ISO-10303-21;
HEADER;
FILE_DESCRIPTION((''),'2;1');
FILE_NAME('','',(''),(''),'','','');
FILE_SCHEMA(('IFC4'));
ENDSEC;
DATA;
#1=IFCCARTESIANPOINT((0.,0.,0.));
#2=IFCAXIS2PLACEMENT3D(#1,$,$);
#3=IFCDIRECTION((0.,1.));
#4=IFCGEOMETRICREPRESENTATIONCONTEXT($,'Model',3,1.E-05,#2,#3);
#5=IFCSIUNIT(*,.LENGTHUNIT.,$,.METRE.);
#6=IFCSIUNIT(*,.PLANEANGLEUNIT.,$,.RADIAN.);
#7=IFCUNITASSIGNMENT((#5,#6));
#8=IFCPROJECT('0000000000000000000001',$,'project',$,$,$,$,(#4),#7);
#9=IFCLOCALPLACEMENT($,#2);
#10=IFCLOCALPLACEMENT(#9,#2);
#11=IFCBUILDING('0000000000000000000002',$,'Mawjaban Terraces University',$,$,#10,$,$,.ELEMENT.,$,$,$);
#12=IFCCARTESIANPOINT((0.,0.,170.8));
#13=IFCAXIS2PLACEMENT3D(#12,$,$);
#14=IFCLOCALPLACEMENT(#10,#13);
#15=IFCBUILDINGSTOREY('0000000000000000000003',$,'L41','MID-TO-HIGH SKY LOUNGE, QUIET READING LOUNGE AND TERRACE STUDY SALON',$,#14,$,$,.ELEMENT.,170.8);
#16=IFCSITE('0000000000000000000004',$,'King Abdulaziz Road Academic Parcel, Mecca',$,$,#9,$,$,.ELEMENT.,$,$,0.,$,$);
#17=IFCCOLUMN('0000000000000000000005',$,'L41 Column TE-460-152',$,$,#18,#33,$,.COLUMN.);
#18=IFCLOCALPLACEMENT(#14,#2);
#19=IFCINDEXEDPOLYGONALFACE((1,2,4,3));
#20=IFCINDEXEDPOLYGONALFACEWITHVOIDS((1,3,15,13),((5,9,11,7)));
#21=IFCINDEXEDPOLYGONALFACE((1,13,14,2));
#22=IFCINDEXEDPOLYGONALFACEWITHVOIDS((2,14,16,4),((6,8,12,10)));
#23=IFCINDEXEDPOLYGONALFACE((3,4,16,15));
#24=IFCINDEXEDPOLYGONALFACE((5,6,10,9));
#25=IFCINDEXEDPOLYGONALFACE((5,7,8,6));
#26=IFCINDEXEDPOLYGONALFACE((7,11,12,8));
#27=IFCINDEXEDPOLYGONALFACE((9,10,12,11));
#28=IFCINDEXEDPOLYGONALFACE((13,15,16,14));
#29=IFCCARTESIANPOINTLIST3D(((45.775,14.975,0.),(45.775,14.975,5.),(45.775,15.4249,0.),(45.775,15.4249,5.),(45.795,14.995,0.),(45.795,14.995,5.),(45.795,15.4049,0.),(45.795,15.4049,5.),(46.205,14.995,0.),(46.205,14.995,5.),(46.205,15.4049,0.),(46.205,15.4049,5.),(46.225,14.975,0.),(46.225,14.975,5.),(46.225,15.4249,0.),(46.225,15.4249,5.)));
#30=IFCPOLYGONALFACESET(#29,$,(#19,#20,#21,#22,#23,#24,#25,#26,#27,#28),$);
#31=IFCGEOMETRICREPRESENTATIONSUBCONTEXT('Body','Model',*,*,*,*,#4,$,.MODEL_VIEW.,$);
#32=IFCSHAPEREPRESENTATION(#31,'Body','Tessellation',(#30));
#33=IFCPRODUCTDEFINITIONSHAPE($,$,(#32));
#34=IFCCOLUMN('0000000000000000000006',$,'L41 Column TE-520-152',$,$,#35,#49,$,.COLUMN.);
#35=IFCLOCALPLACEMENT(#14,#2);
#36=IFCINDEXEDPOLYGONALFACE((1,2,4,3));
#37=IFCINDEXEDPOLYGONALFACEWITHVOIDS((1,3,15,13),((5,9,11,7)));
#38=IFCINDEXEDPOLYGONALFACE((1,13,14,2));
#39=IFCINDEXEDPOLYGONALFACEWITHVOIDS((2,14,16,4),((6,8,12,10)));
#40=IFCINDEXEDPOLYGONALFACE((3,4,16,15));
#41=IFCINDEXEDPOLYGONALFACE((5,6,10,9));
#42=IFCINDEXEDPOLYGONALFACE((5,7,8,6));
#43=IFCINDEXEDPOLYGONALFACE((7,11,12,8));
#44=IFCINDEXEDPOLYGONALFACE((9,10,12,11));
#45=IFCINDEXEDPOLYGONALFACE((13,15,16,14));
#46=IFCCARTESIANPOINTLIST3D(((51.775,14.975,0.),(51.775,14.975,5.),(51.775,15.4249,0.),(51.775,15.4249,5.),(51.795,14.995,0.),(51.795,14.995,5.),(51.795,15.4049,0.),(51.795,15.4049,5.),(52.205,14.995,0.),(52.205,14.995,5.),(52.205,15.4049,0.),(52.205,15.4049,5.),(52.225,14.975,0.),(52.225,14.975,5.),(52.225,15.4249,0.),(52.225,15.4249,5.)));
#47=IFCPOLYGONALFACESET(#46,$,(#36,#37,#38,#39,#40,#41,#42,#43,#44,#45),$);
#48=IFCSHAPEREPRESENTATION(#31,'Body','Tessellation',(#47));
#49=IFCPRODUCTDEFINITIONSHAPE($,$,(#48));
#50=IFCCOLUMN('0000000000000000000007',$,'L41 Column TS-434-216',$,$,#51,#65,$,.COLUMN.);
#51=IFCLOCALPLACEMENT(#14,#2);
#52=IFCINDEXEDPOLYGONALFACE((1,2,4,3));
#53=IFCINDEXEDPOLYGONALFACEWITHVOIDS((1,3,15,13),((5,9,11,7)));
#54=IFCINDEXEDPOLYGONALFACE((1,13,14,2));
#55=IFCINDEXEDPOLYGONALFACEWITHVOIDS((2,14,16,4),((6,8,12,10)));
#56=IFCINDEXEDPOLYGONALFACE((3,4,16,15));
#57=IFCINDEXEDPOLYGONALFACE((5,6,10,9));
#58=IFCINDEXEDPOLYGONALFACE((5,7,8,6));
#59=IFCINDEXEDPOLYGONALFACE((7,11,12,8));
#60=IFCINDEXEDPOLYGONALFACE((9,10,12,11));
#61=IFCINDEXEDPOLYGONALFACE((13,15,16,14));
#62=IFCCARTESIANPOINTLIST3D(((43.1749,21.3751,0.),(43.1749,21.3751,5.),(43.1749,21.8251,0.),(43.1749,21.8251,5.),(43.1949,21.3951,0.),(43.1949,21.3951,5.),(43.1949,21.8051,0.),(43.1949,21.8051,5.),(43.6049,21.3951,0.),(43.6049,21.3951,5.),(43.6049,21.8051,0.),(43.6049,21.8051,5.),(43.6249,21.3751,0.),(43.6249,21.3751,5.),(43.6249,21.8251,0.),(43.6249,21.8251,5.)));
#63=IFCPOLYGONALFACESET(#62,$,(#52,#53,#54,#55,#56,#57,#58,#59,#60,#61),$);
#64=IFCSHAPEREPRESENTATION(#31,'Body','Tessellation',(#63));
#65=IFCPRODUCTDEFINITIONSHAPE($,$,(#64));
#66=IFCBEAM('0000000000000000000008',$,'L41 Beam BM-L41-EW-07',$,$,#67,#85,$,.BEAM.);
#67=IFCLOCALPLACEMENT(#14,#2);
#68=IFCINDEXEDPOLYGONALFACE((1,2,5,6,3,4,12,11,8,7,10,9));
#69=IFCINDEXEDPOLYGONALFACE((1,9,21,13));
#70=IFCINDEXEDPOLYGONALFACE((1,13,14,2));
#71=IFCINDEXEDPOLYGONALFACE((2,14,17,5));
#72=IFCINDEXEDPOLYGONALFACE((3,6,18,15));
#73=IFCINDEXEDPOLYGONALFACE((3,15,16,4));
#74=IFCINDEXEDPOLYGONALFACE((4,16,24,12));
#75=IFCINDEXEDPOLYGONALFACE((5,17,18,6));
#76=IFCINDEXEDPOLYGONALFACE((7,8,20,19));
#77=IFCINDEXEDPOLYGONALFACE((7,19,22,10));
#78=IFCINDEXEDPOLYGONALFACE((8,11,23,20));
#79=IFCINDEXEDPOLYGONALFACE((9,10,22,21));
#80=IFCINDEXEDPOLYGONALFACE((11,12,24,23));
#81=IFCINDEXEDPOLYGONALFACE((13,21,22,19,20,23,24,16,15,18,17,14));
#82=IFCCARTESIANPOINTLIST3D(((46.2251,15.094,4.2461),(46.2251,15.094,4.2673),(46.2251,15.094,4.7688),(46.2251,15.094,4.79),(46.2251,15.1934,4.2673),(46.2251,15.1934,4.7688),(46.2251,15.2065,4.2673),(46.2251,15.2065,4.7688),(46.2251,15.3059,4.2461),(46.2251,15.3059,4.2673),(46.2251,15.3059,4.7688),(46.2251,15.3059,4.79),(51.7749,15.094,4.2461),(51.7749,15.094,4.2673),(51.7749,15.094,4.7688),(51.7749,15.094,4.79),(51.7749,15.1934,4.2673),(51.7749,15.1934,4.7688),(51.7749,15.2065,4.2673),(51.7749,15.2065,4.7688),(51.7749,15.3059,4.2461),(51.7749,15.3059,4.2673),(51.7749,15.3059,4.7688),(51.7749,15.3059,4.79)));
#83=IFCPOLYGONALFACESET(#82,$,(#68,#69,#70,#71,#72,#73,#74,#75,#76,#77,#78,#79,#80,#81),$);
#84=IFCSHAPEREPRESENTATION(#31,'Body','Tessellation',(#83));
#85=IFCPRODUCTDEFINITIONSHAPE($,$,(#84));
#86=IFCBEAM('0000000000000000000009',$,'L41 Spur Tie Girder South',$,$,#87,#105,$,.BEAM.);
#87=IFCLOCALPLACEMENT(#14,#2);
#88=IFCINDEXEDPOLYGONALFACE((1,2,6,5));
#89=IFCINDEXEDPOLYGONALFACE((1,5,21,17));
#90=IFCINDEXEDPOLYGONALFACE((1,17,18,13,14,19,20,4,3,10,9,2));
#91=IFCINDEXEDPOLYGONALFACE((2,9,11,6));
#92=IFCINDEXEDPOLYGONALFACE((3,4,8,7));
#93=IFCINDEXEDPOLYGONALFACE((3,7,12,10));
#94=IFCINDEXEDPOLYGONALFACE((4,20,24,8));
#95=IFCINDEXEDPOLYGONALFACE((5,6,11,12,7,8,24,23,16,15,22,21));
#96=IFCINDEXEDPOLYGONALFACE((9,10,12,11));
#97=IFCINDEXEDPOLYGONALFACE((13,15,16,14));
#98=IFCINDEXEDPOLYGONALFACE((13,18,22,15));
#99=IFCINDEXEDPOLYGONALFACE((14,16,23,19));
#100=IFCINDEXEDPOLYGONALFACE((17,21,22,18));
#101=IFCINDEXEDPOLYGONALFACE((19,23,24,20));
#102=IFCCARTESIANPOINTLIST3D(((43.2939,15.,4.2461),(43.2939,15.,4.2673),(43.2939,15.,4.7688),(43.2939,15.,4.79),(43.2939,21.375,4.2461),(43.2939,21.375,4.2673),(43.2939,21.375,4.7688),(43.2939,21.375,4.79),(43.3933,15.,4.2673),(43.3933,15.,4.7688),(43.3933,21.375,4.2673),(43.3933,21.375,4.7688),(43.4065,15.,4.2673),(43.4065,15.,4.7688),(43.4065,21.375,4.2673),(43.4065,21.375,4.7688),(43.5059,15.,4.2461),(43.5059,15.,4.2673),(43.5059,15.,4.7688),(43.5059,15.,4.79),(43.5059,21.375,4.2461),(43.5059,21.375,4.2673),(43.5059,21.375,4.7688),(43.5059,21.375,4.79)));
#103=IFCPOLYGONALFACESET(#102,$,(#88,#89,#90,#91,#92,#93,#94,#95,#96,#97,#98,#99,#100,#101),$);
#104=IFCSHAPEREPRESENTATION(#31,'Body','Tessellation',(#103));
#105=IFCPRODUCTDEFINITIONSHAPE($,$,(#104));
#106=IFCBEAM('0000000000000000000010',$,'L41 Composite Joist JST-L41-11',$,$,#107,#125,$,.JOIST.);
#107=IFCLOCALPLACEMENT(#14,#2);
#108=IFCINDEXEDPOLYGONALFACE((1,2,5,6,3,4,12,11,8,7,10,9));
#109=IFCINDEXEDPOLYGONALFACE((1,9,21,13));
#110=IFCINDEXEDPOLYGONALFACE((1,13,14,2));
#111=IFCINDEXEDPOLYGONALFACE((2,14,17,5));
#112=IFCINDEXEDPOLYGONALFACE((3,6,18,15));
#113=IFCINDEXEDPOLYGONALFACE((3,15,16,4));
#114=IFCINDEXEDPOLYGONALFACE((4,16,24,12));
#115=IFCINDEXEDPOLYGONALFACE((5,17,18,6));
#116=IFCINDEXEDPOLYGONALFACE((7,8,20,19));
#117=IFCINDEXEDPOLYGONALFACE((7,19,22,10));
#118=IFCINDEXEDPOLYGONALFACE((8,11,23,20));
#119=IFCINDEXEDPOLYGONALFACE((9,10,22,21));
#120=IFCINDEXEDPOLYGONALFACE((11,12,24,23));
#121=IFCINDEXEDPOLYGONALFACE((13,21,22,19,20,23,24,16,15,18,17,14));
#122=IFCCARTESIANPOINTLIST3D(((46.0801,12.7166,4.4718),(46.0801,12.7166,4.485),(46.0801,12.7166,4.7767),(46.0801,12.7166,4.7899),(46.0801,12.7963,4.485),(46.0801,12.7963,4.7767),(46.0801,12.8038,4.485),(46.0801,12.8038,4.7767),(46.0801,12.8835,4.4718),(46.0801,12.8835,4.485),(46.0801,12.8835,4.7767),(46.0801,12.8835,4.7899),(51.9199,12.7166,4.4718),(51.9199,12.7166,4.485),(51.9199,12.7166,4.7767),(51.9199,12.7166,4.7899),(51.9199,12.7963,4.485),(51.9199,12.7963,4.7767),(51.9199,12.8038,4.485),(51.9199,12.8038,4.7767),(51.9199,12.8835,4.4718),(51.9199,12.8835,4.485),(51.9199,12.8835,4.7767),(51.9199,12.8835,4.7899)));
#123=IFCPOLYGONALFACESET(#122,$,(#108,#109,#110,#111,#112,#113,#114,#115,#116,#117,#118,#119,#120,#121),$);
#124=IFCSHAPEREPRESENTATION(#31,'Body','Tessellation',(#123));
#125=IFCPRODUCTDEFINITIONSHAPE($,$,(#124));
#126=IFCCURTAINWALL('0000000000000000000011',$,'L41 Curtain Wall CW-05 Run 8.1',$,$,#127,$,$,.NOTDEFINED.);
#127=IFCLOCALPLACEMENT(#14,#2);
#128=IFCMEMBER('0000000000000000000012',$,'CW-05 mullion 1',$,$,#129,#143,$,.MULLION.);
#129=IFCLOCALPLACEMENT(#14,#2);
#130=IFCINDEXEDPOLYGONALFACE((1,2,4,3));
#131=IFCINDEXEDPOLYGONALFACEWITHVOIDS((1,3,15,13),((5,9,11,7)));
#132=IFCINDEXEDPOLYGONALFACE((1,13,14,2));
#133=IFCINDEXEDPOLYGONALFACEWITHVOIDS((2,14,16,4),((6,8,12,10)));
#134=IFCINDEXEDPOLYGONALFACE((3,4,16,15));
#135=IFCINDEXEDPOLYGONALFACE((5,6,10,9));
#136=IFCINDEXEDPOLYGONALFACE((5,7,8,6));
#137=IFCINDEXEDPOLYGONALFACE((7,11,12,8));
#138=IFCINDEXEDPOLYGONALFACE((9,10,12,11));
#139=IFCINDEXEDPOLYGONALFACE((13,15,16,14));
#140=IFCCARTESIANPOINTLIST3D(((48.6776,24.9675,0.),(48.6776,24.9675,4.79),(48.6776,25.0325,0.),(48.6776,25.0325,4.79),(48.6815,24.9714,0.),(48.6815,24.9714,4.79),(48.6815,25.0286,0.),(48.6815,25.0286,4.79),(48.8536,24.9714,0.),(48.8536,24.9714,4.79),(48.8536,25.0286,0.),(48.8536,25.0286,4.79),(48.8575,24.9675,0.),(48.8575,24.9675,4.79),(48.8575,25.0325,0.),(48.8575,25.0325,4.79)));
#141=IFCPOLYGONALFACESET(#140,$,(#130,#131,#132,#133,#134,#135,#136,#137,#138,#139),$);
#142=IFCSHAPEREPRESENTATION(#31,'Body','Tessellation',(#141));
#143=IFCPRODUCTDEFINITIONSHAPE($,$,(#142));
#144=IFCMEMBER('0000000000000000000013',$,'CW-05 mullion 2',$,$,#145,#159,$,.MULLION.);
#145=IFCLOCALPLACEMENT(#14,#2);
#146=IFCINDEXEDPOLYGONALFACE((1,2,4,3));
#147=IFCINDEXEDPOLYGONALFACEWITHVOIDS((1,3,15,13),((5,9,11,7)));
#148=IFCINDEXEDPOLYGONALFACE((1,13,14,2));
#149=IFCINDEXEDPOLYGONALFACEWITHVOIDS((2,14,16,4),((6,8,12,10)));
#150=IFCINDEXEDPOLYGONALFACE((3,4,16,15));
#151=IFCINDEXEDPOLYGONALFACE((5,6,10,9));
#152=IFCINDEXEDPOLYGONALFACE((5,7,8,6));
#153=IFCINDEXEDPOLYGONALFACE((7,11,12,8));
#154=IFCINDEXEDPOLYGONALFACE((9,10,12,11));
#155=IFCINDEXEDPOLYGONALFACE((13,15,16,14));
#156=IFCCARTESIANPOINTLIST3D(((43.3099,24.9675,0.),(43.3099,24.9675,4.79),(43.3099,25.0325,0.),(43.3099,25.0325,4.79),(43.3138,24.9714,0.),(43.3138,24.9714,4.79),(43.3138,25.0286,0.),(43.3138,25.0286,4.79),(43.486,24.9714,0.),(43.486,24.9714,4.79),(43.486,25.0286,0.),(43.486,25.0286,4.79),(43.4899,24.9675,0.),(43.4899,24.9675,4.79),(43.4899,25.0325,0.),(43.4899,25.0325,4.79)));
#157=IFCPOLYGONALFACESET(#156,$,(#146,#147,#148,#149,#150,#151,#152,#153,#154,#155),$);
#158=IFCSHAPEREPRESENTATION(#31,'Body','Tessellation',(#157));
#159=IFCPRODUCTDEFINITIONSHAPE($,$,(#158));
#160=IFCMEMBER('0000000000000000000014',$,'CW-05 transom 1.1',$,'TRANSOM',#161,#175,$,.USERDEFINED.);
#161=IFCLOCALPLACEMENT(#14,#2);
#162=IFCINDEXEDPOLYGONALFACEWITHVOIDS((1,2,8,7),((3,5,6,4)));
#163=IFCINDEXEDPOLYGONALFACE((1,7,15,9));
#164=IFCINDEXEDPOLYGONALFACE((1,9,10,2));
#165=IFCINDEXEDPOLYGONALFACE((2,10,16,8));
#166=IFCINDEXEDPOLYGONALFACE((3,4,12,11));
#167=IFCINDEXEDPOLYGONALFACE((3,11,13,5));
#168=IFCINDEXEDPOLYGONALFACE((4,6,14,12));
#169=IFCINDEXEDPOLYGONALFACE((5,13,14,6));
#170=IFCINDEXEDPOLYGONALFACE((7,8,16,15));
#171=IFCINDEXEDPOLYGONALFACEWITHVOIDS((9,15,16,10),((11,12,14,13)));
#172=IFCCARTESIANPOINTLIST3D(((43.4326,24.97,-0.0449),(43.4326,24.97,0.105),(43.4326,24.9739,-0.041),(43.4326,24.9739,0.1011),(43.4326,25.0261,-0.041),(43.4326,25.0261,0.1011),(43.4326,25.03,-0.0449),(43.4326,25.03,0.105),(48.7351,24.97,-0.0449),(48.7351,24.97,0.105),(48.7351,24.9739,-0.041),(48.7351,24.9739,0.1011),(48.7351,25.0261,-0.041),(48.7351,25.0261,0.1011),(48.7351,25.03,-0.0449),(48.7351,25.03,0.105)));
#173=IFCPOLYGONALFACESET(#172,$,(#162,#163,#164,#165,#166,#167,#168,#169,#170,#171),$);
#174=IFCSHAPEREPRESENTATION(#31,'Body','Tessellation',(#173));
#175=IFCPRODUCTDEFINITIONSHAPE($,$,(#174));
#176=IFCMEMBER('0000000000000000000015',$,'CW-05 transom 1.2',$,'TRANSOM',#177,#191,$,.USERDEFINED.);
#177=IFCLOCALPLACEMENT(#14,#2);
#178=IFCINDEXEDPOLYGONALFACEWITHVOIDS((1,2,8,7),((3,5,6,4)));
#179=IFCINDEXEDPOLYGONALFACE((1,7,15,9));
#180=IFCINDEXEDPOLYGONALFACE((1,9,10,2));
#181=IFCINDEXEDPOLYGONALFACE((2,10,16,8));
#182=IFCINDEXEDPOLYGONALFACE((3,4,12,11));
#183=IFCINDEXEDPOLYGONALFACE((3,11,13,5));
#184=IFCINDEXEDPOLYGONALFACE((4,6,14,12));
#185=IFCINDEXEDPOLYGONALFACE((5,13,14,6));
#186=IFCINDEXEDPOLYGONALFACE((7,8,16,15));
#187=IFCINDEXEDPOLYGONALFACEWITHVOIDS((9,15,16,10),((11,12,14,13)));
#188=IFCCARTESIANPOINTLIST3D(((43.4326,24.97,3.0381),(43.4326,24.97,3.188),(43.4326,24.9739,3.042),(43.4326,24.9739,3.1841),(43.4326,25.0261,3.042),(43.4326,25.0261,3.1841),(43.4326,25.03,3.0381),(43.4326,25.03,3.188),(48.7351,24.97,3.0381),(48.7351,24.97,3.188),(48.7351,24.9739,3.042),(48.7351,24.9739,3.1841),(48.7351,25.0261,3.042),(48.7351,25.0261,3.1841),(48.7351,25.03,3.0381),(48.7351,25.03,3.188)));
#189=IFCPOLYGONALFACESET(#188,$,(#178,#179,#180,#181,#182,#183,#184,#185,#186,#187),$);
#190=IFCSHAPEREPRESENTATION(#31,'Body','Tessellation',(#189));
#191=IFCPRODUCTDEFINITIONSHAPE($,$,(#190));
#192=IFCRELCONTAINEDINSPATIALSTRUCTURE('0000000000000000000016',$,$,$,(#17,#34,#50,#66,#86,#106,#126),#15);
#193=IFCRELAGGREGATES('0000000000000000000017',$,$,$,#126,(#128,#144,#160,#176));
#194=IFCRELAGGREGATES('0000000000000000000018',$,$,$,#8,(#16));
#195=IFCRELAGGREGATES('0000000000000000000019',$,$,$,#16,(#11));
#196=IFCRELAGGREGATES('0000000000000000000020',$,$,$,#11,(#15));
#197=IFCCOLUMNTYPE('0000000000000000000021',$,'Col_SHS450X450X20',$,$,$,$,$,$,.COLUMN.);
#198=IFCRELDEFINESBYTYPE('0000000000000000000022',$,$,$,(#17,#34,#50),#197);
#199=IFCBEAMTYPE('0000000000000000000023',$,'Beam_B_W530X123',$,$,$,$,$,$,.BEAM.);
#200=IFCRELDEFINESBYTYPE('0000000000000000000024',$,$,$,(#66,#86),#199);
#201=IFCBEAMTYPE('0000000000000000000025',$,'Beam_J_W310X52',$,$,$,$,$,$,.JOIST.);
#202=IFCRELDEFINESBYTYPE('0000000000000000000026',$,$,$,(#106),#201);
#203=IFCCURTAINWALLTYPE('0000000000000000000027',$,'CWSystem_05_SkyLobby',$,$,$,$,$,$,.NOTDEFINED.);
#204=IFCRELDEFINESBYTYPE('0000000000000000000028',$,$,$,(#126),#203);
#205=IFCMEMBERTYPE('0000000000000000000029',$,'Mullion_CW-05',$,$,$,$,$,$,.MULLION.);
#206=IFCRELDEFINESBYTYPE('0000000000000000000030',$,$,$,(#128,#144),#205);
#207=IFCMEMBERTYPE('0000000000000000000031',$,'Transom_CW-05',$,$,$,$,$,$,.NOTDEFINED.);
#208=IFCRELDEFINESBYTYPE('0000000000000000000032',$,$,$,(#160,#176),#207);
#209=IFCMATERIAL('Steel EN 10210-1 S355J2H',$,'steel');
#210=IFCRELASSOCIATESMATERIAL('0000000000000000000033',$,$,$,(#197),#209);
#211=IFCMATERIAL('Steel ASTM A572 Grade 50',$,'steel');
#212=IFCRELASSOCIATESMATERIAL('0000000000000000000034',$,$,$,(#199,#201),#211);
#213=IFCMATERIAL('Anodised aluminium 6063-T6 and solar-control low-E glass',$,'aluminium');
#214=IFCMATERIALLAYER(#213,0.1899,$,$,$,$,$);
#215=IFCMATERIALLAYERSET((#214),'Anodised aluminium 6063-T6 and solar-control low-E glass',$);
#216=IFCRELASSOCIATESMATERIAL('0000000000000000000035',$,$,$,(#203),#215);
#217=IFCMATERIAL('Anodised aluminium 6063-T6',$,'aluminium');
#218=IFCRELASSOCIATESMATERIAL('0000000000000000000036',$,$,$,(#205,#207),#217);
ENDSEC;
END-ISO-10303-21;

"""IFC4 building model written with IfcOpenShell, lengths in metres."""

from ifc_helpers import new_model, si_unit, direction, frame, origin, origin_2d, place, context, subcontext, project, spatial, hollow_rectangle, i_section, extrude, material, layer, layer_set, material_profile, profile_set, type_object, element, aggregate, save


model = new_model("IFC4")

# Units and contexts
model_context = context("Model", 3, precision=1e-05, world=origin(), true_north=direction((0.0, 1.0)))
body_context = subcontext(model_context, "Body", "Model", "MODEL_VIEW")
ifc_project = project(units=[si_unit("LENGTHUNIT", "METRE"), si_unit("PLANEANGLEUNIT", "RADIAN")], contexts=[model_context])

# Site, building, storey
site_placement = place(None, origin())
site = spatial("IfcSite", under=ifc_project, at=site_placement, Name="King Abdulaziz Road Academic Parcel, Mecca", CompositionType="ELEMENT", RefElevation=0.0)
building_placement = place(site_placement, origin())
building = spatial("IfcBuilding", under=site, at=building_placement, Name="Mawjaban Terraces University", CompositionType="ELEMENT")
storey_placement = place(building_placement, frame((0.0, 0.0, 170.8)))
storey = spatial("IfcBuildingStorey", under=building, at=storey_placement, Name="L41", Description="MID-TO-HIGH SKY LOUNGE, QUIET READING LOUNGE AND TERRACE STUDY SALON", CompositionType="ELEMENT", Elevation=170.8)

# Columns
ifc_material_1 = material(Name="Steel EN 10210-1 S355J2H", Category="steel")
ifc_material_profile_1 = material_profile(ifc_material_1, hollow_rectangle(XDim=0.45, YDim=0.45, WallThickness=0.02, at=origin_2d()), Name="SHS450X450X20")
ifc_profile_set_1 = profile_set([ifc_material_profile_1], Name="Steel EN 10210-1 S355J2H")
column_type = type_object("IfcColumnType", Name="Col_SHS450X450X20", PredefinedType="COLUMN", material=ifc_profile_set_1)
for number, where, z_axis, x_axis, name in (
    (1, (46.0, 15.2, 0.0), (0.0, 0.0, 1.0), (1.0, 0.0, 0.0), "L41 Column TE-460-152"),
    (2, (52.0, 15.2, 0.0), (0.0, 0.0, 1.0), (1.0, 0.0, 0.0), "L41 Column TE-520-152"),
    (3, (43.3999, 21.6001, 0.0), (0.0, 0.0, 1.0), (1.0, 0.0, 0.0), "L41 Column TS-434-216"),
):
    element("IfcColumn", number, at=place(storey_placement, frame(where, z_axis=z_axis, x_axis=x_axis)), inside=storey, type_object=column_type, Name=name, PredefinedType="COLUMN", context=body_context, shape_type="SweptSolid", body=[
        extrude(hollow_rectangle(XDim=0.45, YDim=0.45, WallThickness=0.02, at=origin_2d()), origin(), (0.0, 0.0, 1.0), 5.0),
    ])

# Beams
ifc_material_2 = material(Name="Steel ASTM A572 Grade 50", Category="steel")
ifc_material_profile_2 = material_profile(ifc_material_2, i_section(OverallWidth=0.2119, OverallDepth=0.5439, WebThickness=0.0132, FlangeThickness=0.0212, at=origin_2d()), Name="W530X123")
ifc_profile_set_2 = profile_set([ifc_material_profile_2], Name="Steel ASTM A572 Grade 50")
beam_type_1 = type_object("IfcBeamType", Name="Beam_B_W530X123", PredefinedType="BEAM", material=ifc_profile_set_2)
beam_1_placement = place(storey_placement, frame((46.2251, 15.2, 4.5181), z_axis=(1.0, 0.0, 0.0), x_axis=(0.0, 1.0, 0.0)))
element("IfcBeam", 4, at=beam_1_placement, inside=storey, type_object=beam_type_1, Name="L41 Beam BM-L41-EW-07", PredefinedType="BEAM", context=body_context, shape_type="SweptSolid", body=[
    extrude(i_section(OverallWidth=0.2119, OverallDepth=0.5439, WebThickness=0.0132, FlangeThickness=0.0212, at=origin_2d()), origin(), (0.0, 0.0, 1.0), 5.5498),
])
beam_2_placement = place(storey_placement, frame((43.3999, 15.0, 4.5181), z_axis=(0.0, 1.0, 0.0), x_axis=(-1.0, 0.0, 0.0)))
element("IfcBeam", 5, at=beam_2_placement, inside=storey, type_object=beam_type_1, Name="L41 Spur Tie Girder South", PredefinedType="BEAM", context=body_context, shape_type="SweptSolid", body=[
    extrude(i_section(OverallWidth=0.2119, OverallDepth=0.5439, WebThickness=0.0132, FlangeThickness=0.0212, at=origin_2d()), origin(), (0.0, 0.0, 1.0), 6.375),
])
ifc_material_profile_3 = material_profile(ifc_material_2, i_section(OverallWidth=0.167, OverallDepth=0.3181, WebThickness=0.0076, FlangeThickness=0.0132, at=origin_2d()), Name="W310X52")
ifc_profile_set_3 = profile_set([ifc_material_profile_3], Name="Steel ASTM A572 Grade 50")
beam_type_2 = type_object("IfcBeamType", Name="Beam_J_W310X52", PredefinedType="JOIST", material=ifc_profile_set_3)
beam_3_placement = place(storey_placement, frame((46.0801, 12.8, 4.6309), z_axis=(1.0, 0.0, 0.0), x_axis=(0.0, 1.0, 0.0)))
element("IfcBeam", 6, at=beam_3_placement, inside=storey, type_object=beam_type_2, Name="L41 Composite Joist JST-L41-11", PredefinedType="JOIST", context=body_context, shape_type="SweptSolid", body=[
    extrude(i_section(OverallWidth=0.167, OverallDepth=0.3181, WebThickness=0.0076, FlangeThickness=0.0132, at=origin_2d()), origin(), (0.0, 0.0, 1.0), 5.8398),
])

# Curtain wall, members
ifc_material_3 = material(Name="Anodised aluminium 6063-T6 and solar-control low-E glass", Category="aluminium")
ifc_layer_1 = layer(ifc_material_3, 0.1899)
ifc_layer_set_1 = layer_set([ifc_layer_1], Name="Anodised aluminium 6063-T6 and solar-control low-E glass")
curtain_wall_type = type_object("IfcCurtainWallType", Name="CWSystem_05_SkyLobby", PredefinedType="NOTDEFINED", material=ifc_layer_set_1)
curtain_wall_placement = place(storey_placement, origin())
curtain_wall = element("IfcCurtainWall", 7, at=curtain_wall_placement, inside=storey, type_object=curtain_wall_type, Name="L41 Curtain Wall CW-05 Run 8.1", PredefinedType="NOTDEFINED")
ifc_material_4 = material(Name="Anodised aluminium 6063-T6", Category="aluminium")
ifc_material_profile_4 = material_profile(ifc_material_4, hollow_rectangle(XDim=0.0649, YDim=0.1799, WallThickness=0.0039, at=origin_2d()), Name="ALU180X65X4")
ifc_profile_set_4 = profile_set([ifc_material_profile_4], Name="Anodised aluminium 6063-T6")
member_type_1 = type_object("IfcMemberType", Name="Mullion_CW-05", PredefinedType="MULLION", material=ifc_profile_set_4)
member_1_placement = place(storey_placement, frame((48.7676, 25.0, 0.0), z_axis=(0.0, 0.0, 1.0), x_axis=(0.0, -1.0, 0.0)))
member_1 = element("IfcMember", 8, at=member_1_placement, type_object=member_type_1, Name="CW-05 mullion 1", PredefinedType="MULLION", context=body_context, shape_type="SweptSolid", body=[
    extrude(hollow_rectangle(XDim=0.0649, YDim=0.1799, WallThickness=0.0039, at=origin_2d()), origin(), (0.0, 0.0, 1.0), 4.79),
])
member_2_placement = place(storey_placement, frame((43.3999, 25.0, 0.0), z_axis=(0.0, 0.0, 1.0), x_axis=(0.0, -1.0, 0.0)))
member_2 = element("IfcMember", 9, at=member_2_placement, type_object=member_type_1, Name="CW-05 mullion 2", PredefinedType="MULLION", context=body_context, shape_type="SweptSolid", body=[
    extrude(hollow_rectangle(XDim=0.0649, YDim=0.1799, WallThickness=0.0039, at=origin_2d()), origin(), (0.0, 0.0, 1.0), 4.79),
])
ifc_material_profile_5 = material_profile(ifc_material_4, hollow_rectangle(XDim=0.0601, YDim=0.1499, WallThickness=0.0039, at=origin_2d()), Name="ALU150X60X4")
ifc_profile_set_5 = profile_set([ifc_material_profile_5], Name="Anodised aluminium 6063-T6")
member_type_2 = type_object("IfcMemberType", Name="Transom_CW-05", PredefinedType="NOTDEFINED", material=ifc_profile_set_5)
member_3_placement = place(storey_placement, frame((48.7351, 25.0, 0.03), z_axis=(-1.0, 0.0, 0.0), x_axis=(0.0, -1.0, 0.0)))
member_3 = element("IfcMember", 10, at=member_3_placement, type_object=member_type_2, Name="CW-05 transom 1.1", ObjectType="TRANSOM", PredefinedType="USERDEFINED", context=body_context, shape_type="SweptSolid", body=[
    extrude(hollow_rectangle(XDim=0.0601, YDim=0.1499, WallThickness=0.0039, at=origin_2d()), origin(), (0.0, 0.0, 1.0), 5.3025),
])
member_4_placement = place(storey_placement, frame((48.7351, 25.0, 3.113), z_axis=(-1.0, 0.0, 0.0), x_axis=(0.0, -1.0, 0.0)))
member_4 = element("IfcMember", 11, at=member_4_placement, type_object=member_type_2, Name="CW-05 transom 1.2", ObjectType="TRANSOM", PredefinedType="USERDEFINED", context=body_context, shape_type="SweptSolid", body=[
    extrude(hollow_rectangle(XDim=0.0601, YDim=0.1499, WallThickness=0.0039, at=origin_2d()), origin(), (0.0, 0.0, 1.0), 5.3025),
])
aggregate(curtain_wall, [member_1, member_2, member_3, member_4])

save(model, "model.ifc")
